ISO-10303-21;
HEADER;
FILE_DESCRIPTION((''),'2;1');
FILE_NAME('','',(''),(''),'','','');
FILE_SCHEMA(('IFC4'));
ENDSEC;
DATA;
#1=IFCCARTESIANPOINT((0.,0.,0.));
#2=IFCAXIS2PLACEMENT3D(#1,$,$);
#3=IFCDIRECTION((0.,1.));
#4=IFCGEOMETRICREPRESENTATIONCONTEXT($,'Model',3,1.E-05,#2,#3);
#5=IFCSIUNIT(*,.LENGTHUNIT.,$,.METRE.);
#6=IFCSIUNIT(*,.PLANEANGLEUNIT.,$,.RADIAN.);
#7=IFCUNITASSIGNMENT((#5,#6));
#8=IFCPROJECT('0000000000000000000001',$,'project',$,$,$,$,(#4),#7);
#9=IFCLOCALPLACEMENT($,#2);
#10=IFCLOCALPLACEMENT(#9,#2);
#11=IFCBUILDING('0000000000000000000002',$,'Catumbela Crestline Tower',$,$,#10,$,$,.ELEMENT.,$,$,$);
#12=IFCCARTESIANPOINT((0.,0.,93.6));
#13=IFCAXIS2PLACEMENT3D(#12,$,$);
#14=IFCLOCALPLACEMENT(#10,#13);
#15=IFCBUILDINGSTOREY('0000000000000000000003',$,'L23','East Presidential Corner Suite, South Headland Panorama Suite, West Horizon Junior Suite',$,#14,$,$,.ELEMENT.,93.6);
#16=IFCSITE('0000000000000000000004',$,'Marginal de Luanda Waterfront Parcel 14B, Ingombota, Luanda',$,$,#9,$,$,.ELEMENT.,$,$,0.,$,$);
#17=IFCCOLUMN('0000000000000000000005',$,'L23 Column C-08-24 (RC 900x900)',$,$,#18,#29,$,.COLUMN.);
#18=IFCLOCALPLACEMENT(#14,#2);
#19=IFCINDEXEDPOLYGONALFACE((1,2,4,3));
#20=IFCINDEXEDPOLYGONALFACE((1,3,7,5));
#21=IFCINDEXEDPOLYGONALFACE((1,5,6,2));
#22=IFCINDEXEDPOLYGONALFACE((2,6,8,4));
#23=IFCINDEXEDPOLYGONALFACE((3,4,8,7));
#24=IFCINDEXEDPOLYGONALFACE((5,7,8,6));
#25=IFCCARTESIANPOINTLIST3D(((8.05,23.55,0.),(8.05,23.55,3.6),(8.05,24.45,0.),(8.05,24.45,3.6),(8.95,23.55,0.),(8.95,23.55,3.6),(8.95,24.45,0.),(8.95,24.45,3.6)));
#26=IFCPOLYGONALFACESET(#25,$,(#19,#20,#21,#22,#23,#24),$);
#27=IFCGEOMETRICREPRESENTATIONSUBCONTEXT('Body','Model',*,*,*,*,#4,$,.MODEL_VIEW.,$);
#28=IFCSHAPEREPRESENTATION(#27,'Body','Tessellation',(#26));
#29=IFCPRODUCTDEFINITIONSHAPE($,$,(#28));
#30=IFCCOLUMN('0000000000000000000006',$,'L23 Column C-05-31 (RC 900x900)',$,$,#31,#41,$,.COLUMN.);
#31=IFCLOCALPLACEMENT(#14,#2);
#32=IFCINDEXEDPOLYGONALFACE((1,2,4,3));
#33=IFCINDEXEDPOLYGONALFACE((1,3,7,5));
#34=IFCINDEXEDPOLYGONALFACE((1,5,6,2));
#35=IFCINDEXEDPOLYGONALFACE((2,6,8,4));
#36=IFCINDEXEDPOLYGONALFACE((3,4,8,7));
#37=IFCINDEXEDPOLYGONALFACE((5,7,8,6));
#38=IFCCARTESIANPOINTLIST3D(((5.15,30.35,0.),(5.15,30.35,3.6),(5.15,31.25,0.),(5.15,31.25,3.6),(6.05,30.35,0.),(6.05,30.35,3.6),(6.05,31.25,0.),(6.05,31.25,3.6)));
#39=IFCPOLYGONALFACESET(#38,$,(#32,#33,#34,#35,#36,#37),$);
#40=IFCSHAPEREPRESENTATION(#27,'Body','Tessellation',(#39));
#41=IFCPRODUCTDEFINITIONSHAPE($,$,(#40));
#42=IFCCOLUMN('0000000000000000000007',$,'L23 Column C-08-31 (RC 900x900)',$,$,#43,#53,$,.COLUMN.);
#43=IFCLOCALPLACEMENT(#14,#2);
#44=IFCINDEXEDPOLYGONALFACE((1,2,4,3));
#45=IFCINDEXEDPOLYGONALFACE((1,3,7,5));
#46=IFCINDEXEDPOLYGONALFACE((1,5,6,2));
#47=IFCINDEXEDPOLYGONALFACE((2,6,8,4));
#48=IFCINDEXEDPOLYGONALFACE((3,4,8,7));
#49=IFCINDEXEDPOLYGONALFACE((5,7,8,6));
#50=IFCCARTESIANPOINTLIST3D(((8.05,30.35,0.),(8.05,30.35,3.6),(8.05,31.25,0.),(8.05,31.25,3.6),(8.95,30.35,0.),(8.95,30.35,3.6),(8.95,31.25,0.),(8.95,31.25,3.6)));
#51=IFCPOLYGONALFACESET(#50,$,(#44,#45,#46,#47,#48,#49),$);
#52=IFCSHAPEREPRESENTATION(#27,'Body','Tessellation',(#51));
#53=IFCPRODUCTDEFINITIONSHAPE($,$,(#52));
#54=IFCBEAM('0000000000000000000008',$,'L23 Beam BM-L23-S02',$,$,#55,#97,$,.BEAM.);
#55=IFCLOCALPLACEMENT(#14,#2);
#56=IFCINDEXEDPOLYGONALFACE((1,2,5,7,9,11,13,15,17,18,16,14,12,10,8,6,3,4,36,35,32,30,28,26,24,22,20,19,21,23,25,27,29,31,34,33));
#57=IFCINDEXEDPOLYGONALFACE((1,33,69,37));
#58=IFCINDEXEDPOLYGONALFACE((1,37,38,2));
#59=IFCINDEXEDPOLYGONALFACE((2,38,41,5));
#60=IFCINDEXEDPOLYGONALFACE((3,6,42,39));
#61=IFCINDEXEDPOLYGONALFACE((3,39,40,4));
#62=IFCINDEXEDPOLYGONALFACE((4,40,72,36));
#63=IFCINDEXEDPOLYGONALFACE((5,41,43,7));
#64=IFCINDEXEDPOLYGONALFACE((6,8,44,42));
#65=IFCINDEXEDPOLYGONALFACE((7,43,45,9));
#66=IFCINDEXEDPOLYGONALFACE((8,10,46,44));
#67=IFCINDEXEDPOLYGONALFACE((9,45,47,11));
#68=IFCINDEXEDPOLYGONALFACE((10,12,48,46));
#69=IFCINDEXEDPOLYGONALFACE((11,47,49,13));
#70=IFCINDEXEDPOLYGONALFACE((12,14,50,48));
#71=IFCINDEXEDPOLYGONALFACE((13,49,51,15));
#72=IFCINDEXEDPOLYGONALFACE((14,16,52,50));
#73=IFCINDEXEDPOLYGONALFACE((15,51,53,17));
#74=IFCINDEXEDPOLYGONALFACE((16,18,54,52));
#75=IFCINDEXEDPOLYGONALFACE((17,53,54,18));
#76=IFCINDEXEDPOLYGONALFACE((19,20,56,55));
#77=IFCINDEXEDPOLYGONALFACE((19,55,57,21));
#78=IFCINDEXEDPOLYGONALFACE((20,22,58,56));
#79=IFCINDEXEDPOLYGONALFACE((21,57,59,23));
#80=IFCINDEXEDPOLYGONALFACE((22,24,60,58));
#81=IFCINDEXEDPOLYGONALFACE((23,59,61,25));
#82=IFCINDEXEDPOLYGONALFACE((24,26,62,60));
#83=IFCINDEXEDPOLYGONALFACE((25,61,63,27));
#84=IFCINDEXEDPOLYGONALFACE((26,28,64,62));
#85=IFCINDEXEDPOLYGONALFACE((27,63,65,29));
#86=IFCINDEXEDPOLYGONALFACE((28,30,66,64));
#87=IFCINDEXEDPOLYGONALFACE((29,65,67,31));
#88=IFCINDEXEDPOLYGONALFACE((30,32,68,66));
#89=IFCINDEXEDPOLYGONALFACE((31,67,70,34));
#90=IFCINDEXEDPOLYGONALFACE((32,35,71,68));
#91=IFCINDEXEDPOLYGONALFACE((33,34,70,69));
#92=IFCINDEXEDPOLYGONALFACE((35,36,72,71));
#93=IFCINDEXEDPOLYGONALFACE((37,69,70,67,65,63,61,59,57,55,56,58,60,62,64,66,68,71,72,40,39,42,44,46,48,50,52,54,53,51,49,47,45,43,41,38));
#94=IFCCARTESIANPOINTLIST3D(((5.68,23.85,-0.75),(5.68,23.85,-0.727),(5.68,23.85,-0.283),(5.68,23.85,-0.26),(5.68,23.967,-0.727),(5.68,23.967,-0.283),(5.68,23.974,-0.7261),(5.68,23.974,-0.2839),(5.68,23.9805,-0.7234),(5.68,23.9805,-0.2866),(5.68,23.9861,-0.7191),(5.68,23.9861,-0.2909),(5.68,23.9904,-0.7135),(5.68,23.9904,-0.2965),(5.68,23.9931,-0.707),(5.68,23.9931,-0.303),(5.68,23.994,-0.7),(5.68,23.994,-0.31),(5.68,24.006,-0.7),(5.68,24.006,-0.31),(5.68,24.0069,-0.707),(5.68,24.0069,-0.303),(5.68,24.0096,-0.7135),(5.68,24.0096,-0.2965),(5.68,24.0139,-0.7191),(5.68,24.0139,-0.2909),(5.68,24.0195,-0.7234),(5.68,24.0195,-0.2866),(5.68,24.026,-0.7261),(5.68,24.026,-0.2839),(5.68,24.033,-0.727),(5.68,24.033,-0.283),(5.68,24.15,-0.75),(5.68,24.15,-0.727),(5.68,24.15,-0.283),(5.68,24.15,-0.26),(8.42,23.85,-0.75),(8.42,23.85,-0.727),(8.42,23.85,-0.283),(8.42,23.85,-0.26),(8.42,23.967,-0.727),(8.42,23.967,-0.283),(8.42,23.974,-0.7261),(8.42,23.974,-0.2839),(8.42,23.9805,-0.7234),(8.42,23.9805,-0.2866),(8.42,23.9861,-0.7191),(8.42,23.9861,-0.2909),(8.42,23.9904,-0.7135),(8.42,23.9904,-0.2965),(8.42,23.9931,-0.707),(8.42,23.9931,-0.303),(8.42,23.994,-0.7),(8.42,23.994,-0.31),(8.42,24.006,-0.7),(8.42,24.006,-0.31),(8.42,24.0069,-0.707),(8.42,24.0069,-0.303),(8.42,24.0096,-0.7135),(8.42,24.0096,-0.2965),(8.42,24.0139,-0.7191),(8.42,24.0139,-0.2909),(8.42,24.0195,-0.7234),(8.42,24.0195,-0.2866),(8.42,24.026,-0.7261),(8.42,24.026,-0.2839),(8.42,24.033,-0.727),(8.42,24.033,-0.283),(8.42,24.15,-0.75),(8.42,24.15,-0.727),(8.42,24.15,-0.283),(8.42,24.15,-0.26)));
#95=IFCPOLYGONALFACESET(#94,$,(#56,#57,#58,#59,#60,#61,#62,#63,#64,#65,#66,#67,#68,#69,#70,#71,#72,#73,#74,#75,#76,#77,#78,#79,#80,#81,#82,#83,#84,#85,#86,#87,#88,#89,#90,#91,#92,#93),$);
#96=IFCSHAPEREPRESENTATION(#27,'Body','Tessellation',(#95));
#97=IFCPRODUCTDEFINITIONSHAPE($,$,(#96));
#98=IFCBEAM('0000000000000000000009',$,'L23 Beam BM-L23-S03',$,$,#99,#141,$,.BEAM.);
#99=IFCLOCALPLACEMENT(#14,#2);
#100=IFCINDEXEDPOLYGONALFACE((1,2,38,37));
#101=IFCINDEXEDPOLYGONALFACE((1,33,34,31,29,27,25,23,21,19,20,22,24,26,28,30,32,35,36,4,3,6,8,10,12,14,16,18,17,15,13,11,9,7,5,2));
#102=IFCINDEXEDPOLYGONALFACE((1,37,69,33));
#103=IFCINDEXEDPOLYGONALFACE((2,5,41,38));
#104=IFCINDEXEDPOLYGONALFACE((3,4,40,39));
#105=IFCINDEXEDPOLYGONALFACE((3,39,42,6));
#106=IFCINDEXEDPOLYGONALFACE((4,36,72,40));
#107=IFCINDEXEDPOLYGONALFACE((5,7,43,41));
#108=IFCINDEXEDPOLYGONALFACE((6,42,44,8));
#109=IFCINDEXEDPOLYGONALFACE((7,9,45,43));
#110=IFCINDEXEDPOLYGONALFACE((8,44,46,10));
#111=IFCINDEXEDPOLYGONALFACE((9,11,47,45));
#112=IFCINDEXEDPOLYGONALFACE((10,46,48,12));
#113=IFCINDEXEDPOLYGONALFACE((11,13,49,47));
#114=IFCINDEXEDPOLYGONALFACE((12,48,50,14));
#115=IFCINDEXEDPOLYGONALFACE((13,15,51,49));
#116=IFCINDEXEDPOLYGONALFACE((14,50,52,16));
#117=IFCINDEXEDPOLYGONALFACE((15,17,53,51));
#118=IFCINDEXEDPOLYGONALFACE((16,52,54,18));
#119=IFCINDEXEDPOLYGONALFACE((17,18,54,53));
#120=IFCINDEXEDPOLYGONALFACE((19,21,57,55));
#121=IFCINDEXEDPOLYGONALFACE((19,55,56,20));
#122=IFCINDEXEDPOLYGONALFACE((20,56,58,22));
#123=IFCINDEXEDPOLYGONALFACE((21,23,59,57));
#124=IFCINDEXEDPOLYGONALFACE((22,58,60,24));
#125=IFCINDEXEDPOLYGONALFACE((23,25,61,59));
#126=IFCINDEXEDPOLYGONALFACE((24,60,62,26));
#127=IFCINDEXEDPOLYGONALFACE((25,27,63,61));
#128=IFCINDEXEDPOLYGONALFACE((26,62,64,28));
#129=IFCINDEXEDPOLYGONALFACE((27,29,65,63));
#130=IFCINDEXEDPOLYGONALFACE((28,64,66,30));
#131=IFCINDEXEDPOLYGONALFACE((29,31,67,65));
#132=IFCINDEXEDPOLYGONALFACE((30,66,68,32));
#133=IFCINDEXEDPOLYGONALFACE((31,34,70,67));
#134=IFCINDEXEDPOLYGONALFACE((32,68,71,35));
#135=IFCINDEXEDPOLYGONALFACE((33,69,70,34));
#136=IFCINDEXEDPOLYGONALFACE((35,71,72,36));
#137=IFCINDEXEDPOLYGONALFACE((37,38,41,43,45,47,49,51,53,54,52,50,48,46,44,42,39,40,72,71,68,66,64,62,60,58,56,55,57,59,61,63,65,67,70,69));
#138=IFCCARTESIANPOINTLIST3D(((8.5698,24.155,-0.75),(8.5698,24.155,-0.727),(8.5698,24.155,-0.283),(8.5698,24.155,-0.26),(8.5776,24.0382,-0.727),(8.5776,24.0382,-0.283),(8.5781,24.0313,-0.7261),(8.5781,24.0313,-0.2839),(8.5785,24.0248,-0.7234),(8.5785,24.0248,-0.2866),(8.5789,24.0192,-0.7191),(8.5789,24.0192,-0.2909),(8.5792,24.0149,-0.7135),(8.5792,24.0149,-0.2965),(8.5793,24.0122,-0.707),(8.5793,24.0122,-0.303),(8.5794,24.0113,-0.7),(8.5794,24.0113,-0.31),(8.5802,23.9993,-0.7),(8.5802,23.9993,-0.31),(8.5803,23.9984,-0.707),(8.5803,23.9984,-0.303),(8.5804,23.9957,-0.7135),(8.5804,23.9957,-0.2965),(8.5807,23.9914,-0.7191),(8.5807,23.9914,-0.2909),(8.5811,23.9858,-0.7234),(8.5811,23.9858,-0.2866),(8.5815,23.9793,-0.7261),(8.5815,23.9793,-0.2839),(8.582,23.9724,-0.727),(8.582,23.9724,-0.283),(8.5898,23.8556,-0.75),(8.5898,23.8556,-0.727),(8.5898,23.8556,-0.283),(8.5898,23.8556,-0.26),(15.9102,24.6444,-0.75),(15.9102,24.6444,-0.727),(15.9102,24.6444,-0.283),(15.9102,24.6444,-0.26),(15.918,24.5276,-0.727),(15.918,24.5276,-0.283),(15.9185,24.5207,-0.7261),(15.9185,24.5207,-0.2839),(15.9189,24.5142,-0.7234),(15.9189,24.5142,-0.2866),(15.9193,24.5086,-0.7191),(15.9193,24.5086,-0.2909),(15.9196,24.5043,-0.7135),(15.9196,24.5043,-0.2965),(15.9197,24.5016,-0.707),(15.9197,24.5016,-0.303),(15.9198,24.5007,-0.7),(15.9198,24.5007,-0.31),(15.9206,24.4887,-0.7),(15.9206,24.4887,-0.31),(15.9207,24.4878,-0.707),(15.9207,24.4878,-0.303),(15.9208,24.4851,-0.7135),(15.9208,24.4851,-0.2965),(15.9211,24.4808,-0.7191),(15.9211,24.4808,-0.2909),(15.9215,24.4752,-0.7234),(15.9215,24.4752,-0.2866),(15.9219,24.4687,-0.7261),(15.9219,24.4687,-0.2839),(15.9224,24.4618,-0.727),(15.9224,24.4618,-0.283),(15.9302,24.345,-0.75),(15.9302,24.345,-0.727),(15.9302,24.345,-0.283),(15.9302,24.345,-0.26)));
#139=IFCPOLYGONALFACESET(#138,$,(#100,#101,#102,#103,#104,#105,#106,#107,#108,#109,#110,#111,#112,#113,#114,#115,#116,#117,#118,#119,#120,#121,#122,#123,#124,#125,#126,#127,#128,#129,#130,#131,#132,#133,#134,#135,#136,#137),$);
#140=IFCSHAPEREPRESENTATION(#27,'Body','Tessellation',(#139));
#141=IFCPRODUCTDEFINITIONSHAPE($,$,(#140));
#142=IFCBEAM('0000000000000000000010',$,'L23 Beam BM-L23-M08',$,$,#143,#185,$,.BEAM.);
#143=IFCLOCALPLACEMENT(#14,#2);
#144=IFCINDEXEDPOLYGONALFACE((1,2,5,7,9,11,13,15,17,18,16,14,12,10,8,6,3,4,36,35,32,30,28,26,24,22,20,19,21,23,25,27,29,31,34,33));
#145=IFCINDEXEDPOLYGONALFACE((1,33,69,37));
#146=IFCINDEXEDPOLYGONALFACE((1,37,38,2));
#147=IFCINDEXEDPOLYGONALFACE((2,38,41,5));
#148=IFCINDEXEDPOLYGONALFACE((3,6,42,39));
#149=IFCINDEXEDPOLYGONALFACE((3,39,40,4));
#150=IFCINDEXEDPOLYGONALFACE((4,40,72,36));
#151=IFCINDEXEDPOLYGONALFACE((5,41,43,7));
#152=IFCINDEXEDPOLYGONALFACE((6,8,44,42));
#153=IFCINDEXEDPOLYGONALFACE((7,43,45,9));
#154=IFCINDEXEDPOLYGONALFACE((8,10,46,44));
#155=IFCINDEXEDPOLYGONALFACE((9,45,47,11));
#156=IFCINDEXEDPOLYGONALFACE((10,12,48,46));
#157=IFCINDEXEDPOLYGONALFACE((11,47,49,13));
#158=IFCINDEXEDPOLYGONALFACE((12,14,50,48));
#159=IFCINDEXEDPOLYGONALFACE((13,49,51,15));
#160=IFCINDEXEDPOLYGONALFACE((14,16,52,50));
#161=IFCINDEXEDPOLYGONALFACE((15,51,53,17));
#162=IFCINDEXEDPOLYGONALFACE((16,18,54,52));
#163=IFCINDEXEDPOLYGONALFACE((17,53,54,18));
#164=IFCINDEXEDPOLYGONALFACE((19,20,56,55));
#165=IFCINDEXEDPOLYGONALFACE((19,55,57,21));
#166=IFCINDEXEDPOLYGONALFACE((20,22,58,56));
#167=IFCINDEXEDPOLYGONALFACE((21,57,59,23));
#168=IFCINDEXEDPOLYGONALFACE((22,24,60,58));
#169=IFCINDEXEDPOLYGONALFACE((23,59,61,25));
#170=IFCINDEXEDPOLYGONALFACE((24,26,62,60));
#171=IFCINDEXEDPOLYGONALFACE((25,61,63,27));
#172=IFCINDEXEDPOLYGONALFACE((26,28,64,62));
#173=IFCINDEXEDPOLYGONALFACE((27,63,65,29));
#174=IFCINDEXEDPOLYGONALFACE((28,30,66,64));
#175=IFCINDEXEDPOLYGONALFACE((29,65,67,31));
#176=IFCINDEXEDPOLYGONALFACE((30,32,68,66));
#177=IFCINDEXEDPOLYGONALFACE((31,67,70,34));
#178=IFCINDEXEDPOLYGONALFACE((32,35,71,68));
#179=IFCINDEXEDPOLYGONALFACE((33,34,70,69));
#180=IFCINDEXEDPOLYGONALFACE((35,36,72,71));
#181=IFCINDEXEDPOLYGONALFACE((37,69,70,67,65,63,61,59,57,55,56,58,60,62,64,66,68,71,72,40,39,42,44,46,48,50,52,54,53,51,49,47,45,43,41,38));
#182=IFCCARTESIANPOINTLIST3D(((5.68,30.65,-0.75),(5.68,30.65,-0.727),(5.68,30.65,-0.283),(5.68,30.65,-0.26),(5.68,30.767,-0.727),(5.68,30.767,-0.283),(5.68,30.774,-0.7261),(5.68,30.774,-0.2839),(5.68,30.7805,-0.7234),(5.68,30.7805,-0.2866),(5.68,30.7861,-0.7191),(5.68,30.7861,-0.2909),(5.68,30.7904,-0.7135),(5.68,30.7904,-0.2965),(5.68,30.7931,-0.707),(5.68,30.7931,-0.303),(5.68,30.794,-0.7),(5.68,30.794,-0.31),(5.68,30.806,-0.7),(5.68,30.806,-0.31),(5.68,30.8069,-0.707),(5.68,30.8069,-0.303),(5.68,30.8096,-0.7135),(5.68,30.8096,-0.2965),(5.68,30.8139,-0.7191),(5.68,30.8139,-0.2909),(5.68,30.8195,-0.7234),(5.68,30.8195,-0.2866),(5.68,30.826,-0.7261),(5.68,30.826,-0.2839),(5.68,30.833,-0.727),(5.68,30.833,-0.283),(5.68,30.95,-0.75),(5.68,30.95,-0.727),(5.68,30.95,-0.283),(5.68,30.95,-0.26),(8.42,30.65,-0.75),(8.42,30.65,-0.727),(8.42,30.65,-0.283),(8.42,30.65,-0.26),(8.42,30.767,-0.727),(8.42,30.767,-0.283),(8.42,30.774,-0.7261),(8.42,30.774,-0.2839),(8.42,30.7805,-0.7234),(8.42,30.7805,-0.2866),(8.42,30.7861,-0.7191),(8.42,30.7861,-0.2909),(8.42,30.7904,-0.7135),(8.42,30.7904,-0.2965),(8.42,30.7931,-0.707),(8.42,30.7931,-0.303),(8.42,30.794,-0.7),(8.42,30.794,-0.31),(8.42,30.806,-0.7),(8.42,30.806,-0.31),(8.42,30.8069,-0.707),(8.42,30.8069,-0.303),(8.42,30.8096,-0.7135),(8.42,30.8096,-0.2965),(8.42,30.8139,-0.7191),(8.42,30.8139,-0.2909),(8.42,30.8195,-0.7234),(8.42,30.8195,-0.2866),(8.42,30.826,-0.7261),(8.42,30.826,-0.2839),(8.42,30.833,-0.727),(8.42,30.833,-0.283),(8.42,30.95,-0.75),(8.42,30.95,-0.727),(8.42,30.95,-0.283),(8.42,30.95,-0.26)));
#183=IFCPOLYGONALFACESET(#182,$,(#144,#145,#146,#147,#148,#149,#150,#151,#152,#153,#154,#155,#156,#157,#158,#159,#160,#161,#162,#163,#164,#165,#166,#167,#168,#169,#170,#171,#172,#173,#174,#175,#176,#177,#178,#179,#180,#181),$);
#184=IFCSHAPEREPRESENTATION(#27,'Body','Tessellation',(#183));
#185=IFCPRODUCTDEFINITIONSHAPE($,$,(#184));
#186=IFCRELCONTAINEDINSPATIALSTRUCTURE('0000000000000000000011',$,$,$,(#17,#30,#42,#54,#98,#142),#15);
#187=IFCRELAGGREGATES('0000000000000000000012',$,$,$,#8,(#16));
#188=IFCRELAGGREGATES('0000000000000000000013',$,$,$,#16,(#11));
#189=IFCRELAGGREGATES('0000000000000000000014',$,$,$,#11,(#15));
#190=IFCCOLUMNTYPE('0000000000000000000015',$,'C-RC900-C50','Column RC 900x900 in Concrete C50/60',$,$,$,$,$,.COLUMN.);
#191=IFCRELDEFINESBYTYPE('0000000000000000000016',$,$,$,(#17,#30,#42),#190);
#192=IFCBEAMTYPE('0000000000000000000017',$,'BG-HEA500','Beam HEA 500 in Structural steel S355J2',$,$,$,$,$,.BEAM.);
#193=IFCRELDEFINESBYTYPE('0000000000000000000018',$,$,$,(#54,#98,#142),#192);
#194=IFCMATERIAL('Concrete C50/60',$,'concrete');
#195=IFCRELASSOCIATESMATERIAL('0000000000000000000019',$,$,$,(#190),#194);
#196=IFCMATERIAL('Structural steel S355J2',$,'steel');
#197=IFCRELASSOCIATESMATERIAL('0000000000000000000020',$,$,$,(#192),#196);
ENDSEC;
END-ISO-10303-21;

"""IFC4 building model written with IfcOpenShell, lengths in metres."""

from ifc_helpers import new_model, si_unit, direction, frame, origin, origin_2d, place, context, subcontext, project, spatial, rectangle, i_section, extrude, material, material_profile, profile_set, type_object, element, save


model = new_model("IFC4")

# Units and contexts
model_context = context("Model", 3, precision=1e-05, world=origin(), true_north=direction((0.0, 1.0)))
body_context = subcontext(model_context, "Body", "Model", "MODEL_VIEW")
ifc_project = project(units=[si_unit("LENGTHUNIT", "METRE"), si_unit("PLANEANGLEUNIT", "RADIAN")], contexts=[model_context])

# Site, building, storey
site_placement = place(None, origin())
site = spatial("IfcSite", under=ifc_project, at=site_placement, Name="Marginal de Luanda Waterfront Parcel 14B, Ingombota, Luanda", CompositionType="ELEMENT", RefElevation=0.0)
building_placement = place(site_placement, origin())
building = spatial("IfcBuilding", under=site, at=building_placement, Name="Catumbela Crestline Tower", CompositionType="ELEMENT")
storey_placement = place(building_placement, frame((0.0, 0.0, 93.6)))
storey = spatial("IfcBuildingStorey", under=building, at=storey_placement, Name="L23", Description="East Presidential Corner Suite, South Headland Panorama Suite, West Horizon Junior Suite", CompositionType="ELEMENT", Elevation=93.6)

# Columns
ifc_material_1 = material(Name="Concrete C50/60", Category="concrete")
ifc_material_profile_1 = material_profile(ifc_material_1, rectangle(XDim=0.9, YDim=0.9, at=origin_2d()), Name="RC 900x900")
ifc_profile_set_1 = profile_set([ifc_material_profile_1], Name="Concrete C50/60")
column_type = type_object("IfcColumnType", Name="C-RC900-C50", Description="Column RC 900x900 in Concrete C50/60", PredefinedType="COLUMN", material=ifc_profile_set_1)
for number, where, z_axis, x_axis, name in (
    (1, (8.5, 24.0, 0.0), (0.0, 0.0, 1.0), (1.0, 0.0, 0.0), "L23 Column C-08-24 (RC 900x900)"),
    (2, (5.6, 30.8, 0.0), (0.0, 0.0, 1.0), (1.0, 0.0, 0.0), "L23 Column C-05-31 (RC 900x900)"),
    (3, (8.5, 30.8, 0.0), (0.0, 0.0, 1.0), (1.0, 0.0, 0.0), "L23 Column C-08-31 (RC 900x900)"),
):
    element("IfcColumn", number, at=place(storey_placement, frame(where, z_axis=z_axis, x_axis=x_axis)), inside=storey, type_object=column_type, Name=name, PredefinedType="COLUMN", context=body_context, shape_type="SweptSolid", body=[
        extrude(rectangle(XDim=0.9, YDim=0.9, at=origin_2d()), origin(), (0.0, 0.0, 1.0), 3.6),
    ])

# Beams
ifc_material_2 = material(Name="Structural steel S355J2", Category="steel")
ifc_material_profile_2 = material_profile(ifc_material_2, i_section(OverallWidth=0.3, OverallDepth=0.49, WebThickness=0.012, FlangeThickness=0.023, FilletRadius=0.027, at=origin_2d()), Name="HEA 500")
ifc_profile_set_2 = profile_set([ifc_material_profile_2], Name="Structural steel S355J2")
beam_type = type_object("IfcBeamType", Name="BG-HEA500", Description="Beam HEA 500 in Structural steel S355J2", PredefinedType="BEAM", material=ifc_profile_set_2)
beam_1_placement = place(storey_placement, frame((5.68, 24.0, -0.505), z_axis=(1.0, 0.0, 0.0), x_axis=(0.0, 1.0, 0.0)))
element("IfcBeam", 4, at=beam_1_placement, inside=storey, type_object=beam_type, Name="L23 Beam BM-L23-S02", PredefinedType="BEAM", context=body_context, shape_type="SweptSolid", body=[
    extrude(i_section(OverallWidth=0.3, OverallDepth=0.49, WebThickness=0.012, FlangeThickness=0.023, FilletRadius=0.027, at=origin_2d()), origin(), (0.0, 0.0, 1.0), 2.74),
])
beam_2_placement = place(storey_placement, frame((8.5798, 24.0053, -0.505), z_axis=(0.997785, 0.066524, 0.0), x_axis=(-0.066524, 0.997785, 0.0)))
element("IfcBeam", 5, at=beam_2_placement, inside=storey, type_object=beam_type, Name="L23 Beam BM-L23-S03", PredefinedType="BEAM", context=body_context, shape_type="SweptSolid", body=[
    extrude(i_section(OverallWidth=0.3, OverallDepth=0.49, WebThickness=0.012, FlangeThickness=0.023, FilletRadius=0.027, at=origin_2d()), origin(), (0.0, 0.0, 1.0), 7.3567),
])
beam_3_placement = place(storey_placement, frame((5.68, 30.8, -0.505), z_axis=(1.0, 0.0, 0.0), x_axis=(0.0, 1.0, 0.0)))
element("IfcBeam", 6, at=beam_3_placement, inside=storey, type_object=beam_type, Name="L23 Beam BM-L23-M08", PredefinedType="BEAM", context=body_context, shape_type="SweptSolid", body=[
    extrude(i_section(OverallWidth=0.3, OverallDepth=0.49, WebThickness=0.012, FlangeThickness=0.023, FilletRadius=0.027, at=origin_2d()), origin(), (0.0, 0.0, 1.0), 2.74),
])

save(model, "model.ifc")
